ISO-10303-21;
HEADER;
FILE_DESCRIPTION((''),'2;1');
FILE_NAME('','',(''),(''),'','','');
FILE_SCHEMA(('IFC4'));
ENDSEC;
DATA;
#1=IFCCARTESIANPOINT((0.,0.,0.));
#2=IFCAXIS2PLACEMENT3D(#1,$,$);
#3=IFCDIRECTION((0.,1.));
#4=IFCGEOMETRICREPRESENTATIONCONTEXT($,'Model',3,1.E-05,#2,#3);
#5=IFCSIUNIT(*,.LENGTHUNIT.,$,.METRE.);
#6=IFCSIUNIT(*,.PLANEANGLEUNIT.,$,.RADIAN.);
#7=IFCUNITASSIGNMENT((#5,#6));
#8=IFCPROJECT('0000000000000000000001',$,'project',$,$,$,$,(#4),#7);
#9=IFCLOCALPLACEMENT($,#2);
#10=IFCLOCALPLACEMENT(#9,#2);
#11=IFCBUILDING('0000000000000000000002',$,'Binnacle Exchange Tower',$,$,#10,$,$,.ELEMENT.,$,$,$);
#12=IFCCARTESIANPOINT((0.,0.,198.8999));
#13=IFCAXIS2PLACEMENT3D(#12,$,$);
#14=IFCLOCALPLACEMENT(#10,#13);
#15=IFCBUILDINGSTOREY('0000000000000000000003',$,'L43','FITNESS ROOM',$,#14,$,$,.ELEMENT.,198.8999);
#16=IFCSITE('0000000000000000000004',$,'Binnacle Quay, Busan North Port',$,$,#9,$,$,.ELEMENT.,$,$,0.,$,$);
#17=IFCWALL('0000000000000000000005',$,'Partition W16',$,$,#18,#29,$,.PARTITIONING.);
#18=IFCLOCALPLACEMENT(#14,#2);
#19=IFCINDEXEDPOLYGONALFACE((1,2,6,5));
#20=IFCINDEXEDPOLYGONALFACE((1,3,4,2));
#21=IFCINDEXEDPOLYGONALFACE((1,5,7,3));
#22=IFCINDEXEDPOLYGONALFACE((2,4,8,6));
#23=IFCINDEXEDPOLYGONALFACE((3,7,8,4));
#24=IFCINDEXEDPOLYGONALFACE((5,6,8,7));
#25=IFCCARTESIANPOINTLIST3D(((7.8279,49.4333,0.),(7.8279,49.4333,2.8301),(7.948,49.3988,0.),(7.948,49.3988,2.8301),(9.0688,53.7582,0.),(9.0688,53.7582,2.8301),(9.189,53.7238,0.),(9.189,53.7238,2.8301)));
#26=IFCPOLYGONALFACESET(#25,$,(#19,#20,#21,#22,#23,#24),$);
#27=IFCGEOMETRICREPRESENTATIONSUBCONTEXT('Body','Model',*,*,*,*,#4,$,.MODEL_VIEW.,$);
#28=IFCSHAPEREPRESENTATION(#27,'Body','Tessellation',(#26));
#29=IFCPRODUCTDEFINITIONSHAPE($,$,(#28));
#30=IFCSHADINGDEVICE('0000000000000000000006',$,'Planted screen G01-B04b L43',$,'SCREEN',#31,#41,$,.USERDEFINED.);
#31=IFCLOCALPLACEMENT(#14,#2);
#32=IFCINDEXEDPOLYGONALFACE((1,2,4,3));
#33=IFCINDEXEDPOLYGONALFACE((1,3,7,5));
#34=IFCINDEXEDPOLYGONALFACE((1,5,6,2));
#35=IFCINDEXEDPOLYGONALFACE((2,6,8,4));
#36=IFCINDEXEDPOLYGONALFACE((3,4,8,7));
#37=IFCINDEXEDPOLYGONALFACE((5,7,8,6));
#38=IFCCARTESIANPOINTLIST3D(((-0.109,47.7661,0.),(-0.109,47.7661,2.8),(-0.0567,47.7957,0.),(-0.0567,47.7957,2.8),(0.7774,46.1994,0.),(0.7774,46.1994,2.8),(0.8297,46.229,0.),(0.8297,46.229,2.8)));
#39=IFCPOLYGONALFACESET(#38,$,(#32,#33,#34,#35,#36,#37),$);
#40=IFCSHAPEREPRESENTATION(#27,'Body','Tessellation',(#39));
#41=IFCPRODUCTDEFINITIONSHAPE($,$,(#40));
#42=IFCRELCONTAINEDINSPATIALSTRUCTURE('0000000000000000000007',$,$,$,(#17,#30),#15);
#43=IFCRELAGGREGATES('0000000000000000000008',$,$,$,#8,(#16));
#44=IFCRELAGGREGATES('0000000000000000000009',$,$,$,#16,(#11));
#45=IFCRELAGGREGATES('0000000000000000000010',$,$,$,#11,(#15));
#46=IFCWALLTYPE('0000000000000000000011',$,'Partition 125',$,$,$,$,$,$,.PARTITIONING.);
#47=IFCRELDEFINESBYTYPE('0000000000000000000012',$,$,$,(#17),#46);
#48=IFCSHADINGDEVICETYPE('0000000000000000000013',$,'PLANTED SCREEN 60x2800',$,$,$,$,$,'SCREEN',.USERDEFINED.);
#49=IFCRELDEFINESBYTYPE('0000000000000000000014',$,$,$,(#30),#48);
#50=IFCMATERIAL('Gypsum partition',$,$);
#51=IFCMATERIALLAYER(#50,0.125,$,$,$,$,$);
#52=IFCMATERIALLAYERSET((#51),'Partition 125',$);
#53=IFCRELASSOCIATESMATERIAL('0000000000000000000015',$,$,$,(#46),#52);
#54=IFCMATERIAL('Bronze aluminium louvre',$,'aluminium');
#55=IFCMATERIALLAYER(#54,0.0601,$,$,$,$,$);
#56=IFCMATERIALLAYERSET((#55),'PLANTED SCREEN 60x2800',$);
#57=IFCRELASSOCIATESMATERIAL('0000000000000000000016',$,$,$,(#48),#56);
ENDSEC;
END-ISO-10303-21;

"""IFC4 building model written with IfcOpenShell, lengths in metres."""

from ifc_helpers import new_model, si_unit, direction, frame, frame_2d, origin, origin_2d, place, context, subcontext, project, spatial, rectangle, extrude, material, layer, layer_set, type_object, element, save


model = new_model("IFC4")

# Units and contexts
model_context = context("Model", 3, precision=1e-05, world=origin(), true_north=direction((0.0, 1.0)))
body_context = subcontext(model_context, "Body", "Model", "MODEL_VIEW")
ifc_project = project(units=[si_unit("LENGTHUNIT", "METRE"), si_unit("PLANEANGLEUNIT", "RADIAN")], contexts=[model_context])

# Site, building, storey
site_placement = place(None, origin())
site = spatial("IfcSite", under=ifc_project, at=site_placement, Name="Binnacle Quay, Busan North Port", CompositionType="ELEMENT", RefElevation=0.0)
building_placement = place(site_placement, origin())
building = spatial("IfcBuilding", under=site, at=building_placement, Name="Binnacle Exchange Tower", CompositionType="ELEMENT")
storey_placement = place(building_placement, frame((0.0, 0.0, 198.8999)))
storey = spatial("IfcBuildingStorey", under=building, at=storey_placement, Name="L43", Description="FITNESS ROOM", CompositionType="ELEMENT", Elevation=198.8999)

# Wall
ifc_material_1 = material(Name="Gypsum partition")
ifc_layer_1 = layer(ifc_material_1, 0.125)
ifc_layer_set_1 = layer_set([ifc_layer_1], Name="Partition 125")
wall_type_1 = type_object("IfcWallType", Name="Partition 125", PredefinedType="PARTITIONING", material=ifc_layer_set_1)
wall_1_placement = place(storey_placement, frame((7.8879, 49.416, 0.0), z_axis=(0.0, 0.0, 1.0), x_axis=(0.275803, 0.961214, 0.0)))
element("IfcWall", 1, at=wall_1_placement, inside=storey, type_object=wall_type_1, Name="Partition W16", PredefinedType="PARTITIONING", context=body_context, shape_type="SweptSolid", body=[
    extrude(rectangle(XDim=4.4995, YDim=0.125, at=frame_2d((2.2498, 0.0))), origin(), (0.0, 0.0, 1.0), 2.8301),
])

# Shading device
ifc_material_2 = material(Name="Bronze aluminium louvre", Category="aluminium")
ifc_layer_2 = layer(ifc_material_2, 0.0601)
ifc_layer_set_2 = layer_set([ifc_layer_2], Name="PLANTED SCREEN 60x2800")
shading_device_type = type_object("IfcShadingDeviceType", Name="PLANTED SCREEN 60x2800", ElementType="SCREEN", PredefinedType="USERDEFINED", material=ifc_layer_set_2)
shading_device_placement = place(storey_placement, frame((0.3604, 46.9976, 0.0), z_axis=(0.0, 0.0, 1.0), x_axis=(0.870356, 0.492424, 0.0)))
element("IfcShadingDevice", 2, at=shading_device_placement, inside=storey, type_object=shading_device_type, Name="Planted screen G01-B04b L43", ObjectType="SCREEN", PredefinedType="USERDEFINED", context=body_context, shape_type="SweptSolid", body=[
    extrude(rectangle(XDim=0.0601, YDim=1.8, at=origin_2d()), origin(), (0.0, 0.0, 1.0), 2.8),
])

save(model, "model.ifc")
